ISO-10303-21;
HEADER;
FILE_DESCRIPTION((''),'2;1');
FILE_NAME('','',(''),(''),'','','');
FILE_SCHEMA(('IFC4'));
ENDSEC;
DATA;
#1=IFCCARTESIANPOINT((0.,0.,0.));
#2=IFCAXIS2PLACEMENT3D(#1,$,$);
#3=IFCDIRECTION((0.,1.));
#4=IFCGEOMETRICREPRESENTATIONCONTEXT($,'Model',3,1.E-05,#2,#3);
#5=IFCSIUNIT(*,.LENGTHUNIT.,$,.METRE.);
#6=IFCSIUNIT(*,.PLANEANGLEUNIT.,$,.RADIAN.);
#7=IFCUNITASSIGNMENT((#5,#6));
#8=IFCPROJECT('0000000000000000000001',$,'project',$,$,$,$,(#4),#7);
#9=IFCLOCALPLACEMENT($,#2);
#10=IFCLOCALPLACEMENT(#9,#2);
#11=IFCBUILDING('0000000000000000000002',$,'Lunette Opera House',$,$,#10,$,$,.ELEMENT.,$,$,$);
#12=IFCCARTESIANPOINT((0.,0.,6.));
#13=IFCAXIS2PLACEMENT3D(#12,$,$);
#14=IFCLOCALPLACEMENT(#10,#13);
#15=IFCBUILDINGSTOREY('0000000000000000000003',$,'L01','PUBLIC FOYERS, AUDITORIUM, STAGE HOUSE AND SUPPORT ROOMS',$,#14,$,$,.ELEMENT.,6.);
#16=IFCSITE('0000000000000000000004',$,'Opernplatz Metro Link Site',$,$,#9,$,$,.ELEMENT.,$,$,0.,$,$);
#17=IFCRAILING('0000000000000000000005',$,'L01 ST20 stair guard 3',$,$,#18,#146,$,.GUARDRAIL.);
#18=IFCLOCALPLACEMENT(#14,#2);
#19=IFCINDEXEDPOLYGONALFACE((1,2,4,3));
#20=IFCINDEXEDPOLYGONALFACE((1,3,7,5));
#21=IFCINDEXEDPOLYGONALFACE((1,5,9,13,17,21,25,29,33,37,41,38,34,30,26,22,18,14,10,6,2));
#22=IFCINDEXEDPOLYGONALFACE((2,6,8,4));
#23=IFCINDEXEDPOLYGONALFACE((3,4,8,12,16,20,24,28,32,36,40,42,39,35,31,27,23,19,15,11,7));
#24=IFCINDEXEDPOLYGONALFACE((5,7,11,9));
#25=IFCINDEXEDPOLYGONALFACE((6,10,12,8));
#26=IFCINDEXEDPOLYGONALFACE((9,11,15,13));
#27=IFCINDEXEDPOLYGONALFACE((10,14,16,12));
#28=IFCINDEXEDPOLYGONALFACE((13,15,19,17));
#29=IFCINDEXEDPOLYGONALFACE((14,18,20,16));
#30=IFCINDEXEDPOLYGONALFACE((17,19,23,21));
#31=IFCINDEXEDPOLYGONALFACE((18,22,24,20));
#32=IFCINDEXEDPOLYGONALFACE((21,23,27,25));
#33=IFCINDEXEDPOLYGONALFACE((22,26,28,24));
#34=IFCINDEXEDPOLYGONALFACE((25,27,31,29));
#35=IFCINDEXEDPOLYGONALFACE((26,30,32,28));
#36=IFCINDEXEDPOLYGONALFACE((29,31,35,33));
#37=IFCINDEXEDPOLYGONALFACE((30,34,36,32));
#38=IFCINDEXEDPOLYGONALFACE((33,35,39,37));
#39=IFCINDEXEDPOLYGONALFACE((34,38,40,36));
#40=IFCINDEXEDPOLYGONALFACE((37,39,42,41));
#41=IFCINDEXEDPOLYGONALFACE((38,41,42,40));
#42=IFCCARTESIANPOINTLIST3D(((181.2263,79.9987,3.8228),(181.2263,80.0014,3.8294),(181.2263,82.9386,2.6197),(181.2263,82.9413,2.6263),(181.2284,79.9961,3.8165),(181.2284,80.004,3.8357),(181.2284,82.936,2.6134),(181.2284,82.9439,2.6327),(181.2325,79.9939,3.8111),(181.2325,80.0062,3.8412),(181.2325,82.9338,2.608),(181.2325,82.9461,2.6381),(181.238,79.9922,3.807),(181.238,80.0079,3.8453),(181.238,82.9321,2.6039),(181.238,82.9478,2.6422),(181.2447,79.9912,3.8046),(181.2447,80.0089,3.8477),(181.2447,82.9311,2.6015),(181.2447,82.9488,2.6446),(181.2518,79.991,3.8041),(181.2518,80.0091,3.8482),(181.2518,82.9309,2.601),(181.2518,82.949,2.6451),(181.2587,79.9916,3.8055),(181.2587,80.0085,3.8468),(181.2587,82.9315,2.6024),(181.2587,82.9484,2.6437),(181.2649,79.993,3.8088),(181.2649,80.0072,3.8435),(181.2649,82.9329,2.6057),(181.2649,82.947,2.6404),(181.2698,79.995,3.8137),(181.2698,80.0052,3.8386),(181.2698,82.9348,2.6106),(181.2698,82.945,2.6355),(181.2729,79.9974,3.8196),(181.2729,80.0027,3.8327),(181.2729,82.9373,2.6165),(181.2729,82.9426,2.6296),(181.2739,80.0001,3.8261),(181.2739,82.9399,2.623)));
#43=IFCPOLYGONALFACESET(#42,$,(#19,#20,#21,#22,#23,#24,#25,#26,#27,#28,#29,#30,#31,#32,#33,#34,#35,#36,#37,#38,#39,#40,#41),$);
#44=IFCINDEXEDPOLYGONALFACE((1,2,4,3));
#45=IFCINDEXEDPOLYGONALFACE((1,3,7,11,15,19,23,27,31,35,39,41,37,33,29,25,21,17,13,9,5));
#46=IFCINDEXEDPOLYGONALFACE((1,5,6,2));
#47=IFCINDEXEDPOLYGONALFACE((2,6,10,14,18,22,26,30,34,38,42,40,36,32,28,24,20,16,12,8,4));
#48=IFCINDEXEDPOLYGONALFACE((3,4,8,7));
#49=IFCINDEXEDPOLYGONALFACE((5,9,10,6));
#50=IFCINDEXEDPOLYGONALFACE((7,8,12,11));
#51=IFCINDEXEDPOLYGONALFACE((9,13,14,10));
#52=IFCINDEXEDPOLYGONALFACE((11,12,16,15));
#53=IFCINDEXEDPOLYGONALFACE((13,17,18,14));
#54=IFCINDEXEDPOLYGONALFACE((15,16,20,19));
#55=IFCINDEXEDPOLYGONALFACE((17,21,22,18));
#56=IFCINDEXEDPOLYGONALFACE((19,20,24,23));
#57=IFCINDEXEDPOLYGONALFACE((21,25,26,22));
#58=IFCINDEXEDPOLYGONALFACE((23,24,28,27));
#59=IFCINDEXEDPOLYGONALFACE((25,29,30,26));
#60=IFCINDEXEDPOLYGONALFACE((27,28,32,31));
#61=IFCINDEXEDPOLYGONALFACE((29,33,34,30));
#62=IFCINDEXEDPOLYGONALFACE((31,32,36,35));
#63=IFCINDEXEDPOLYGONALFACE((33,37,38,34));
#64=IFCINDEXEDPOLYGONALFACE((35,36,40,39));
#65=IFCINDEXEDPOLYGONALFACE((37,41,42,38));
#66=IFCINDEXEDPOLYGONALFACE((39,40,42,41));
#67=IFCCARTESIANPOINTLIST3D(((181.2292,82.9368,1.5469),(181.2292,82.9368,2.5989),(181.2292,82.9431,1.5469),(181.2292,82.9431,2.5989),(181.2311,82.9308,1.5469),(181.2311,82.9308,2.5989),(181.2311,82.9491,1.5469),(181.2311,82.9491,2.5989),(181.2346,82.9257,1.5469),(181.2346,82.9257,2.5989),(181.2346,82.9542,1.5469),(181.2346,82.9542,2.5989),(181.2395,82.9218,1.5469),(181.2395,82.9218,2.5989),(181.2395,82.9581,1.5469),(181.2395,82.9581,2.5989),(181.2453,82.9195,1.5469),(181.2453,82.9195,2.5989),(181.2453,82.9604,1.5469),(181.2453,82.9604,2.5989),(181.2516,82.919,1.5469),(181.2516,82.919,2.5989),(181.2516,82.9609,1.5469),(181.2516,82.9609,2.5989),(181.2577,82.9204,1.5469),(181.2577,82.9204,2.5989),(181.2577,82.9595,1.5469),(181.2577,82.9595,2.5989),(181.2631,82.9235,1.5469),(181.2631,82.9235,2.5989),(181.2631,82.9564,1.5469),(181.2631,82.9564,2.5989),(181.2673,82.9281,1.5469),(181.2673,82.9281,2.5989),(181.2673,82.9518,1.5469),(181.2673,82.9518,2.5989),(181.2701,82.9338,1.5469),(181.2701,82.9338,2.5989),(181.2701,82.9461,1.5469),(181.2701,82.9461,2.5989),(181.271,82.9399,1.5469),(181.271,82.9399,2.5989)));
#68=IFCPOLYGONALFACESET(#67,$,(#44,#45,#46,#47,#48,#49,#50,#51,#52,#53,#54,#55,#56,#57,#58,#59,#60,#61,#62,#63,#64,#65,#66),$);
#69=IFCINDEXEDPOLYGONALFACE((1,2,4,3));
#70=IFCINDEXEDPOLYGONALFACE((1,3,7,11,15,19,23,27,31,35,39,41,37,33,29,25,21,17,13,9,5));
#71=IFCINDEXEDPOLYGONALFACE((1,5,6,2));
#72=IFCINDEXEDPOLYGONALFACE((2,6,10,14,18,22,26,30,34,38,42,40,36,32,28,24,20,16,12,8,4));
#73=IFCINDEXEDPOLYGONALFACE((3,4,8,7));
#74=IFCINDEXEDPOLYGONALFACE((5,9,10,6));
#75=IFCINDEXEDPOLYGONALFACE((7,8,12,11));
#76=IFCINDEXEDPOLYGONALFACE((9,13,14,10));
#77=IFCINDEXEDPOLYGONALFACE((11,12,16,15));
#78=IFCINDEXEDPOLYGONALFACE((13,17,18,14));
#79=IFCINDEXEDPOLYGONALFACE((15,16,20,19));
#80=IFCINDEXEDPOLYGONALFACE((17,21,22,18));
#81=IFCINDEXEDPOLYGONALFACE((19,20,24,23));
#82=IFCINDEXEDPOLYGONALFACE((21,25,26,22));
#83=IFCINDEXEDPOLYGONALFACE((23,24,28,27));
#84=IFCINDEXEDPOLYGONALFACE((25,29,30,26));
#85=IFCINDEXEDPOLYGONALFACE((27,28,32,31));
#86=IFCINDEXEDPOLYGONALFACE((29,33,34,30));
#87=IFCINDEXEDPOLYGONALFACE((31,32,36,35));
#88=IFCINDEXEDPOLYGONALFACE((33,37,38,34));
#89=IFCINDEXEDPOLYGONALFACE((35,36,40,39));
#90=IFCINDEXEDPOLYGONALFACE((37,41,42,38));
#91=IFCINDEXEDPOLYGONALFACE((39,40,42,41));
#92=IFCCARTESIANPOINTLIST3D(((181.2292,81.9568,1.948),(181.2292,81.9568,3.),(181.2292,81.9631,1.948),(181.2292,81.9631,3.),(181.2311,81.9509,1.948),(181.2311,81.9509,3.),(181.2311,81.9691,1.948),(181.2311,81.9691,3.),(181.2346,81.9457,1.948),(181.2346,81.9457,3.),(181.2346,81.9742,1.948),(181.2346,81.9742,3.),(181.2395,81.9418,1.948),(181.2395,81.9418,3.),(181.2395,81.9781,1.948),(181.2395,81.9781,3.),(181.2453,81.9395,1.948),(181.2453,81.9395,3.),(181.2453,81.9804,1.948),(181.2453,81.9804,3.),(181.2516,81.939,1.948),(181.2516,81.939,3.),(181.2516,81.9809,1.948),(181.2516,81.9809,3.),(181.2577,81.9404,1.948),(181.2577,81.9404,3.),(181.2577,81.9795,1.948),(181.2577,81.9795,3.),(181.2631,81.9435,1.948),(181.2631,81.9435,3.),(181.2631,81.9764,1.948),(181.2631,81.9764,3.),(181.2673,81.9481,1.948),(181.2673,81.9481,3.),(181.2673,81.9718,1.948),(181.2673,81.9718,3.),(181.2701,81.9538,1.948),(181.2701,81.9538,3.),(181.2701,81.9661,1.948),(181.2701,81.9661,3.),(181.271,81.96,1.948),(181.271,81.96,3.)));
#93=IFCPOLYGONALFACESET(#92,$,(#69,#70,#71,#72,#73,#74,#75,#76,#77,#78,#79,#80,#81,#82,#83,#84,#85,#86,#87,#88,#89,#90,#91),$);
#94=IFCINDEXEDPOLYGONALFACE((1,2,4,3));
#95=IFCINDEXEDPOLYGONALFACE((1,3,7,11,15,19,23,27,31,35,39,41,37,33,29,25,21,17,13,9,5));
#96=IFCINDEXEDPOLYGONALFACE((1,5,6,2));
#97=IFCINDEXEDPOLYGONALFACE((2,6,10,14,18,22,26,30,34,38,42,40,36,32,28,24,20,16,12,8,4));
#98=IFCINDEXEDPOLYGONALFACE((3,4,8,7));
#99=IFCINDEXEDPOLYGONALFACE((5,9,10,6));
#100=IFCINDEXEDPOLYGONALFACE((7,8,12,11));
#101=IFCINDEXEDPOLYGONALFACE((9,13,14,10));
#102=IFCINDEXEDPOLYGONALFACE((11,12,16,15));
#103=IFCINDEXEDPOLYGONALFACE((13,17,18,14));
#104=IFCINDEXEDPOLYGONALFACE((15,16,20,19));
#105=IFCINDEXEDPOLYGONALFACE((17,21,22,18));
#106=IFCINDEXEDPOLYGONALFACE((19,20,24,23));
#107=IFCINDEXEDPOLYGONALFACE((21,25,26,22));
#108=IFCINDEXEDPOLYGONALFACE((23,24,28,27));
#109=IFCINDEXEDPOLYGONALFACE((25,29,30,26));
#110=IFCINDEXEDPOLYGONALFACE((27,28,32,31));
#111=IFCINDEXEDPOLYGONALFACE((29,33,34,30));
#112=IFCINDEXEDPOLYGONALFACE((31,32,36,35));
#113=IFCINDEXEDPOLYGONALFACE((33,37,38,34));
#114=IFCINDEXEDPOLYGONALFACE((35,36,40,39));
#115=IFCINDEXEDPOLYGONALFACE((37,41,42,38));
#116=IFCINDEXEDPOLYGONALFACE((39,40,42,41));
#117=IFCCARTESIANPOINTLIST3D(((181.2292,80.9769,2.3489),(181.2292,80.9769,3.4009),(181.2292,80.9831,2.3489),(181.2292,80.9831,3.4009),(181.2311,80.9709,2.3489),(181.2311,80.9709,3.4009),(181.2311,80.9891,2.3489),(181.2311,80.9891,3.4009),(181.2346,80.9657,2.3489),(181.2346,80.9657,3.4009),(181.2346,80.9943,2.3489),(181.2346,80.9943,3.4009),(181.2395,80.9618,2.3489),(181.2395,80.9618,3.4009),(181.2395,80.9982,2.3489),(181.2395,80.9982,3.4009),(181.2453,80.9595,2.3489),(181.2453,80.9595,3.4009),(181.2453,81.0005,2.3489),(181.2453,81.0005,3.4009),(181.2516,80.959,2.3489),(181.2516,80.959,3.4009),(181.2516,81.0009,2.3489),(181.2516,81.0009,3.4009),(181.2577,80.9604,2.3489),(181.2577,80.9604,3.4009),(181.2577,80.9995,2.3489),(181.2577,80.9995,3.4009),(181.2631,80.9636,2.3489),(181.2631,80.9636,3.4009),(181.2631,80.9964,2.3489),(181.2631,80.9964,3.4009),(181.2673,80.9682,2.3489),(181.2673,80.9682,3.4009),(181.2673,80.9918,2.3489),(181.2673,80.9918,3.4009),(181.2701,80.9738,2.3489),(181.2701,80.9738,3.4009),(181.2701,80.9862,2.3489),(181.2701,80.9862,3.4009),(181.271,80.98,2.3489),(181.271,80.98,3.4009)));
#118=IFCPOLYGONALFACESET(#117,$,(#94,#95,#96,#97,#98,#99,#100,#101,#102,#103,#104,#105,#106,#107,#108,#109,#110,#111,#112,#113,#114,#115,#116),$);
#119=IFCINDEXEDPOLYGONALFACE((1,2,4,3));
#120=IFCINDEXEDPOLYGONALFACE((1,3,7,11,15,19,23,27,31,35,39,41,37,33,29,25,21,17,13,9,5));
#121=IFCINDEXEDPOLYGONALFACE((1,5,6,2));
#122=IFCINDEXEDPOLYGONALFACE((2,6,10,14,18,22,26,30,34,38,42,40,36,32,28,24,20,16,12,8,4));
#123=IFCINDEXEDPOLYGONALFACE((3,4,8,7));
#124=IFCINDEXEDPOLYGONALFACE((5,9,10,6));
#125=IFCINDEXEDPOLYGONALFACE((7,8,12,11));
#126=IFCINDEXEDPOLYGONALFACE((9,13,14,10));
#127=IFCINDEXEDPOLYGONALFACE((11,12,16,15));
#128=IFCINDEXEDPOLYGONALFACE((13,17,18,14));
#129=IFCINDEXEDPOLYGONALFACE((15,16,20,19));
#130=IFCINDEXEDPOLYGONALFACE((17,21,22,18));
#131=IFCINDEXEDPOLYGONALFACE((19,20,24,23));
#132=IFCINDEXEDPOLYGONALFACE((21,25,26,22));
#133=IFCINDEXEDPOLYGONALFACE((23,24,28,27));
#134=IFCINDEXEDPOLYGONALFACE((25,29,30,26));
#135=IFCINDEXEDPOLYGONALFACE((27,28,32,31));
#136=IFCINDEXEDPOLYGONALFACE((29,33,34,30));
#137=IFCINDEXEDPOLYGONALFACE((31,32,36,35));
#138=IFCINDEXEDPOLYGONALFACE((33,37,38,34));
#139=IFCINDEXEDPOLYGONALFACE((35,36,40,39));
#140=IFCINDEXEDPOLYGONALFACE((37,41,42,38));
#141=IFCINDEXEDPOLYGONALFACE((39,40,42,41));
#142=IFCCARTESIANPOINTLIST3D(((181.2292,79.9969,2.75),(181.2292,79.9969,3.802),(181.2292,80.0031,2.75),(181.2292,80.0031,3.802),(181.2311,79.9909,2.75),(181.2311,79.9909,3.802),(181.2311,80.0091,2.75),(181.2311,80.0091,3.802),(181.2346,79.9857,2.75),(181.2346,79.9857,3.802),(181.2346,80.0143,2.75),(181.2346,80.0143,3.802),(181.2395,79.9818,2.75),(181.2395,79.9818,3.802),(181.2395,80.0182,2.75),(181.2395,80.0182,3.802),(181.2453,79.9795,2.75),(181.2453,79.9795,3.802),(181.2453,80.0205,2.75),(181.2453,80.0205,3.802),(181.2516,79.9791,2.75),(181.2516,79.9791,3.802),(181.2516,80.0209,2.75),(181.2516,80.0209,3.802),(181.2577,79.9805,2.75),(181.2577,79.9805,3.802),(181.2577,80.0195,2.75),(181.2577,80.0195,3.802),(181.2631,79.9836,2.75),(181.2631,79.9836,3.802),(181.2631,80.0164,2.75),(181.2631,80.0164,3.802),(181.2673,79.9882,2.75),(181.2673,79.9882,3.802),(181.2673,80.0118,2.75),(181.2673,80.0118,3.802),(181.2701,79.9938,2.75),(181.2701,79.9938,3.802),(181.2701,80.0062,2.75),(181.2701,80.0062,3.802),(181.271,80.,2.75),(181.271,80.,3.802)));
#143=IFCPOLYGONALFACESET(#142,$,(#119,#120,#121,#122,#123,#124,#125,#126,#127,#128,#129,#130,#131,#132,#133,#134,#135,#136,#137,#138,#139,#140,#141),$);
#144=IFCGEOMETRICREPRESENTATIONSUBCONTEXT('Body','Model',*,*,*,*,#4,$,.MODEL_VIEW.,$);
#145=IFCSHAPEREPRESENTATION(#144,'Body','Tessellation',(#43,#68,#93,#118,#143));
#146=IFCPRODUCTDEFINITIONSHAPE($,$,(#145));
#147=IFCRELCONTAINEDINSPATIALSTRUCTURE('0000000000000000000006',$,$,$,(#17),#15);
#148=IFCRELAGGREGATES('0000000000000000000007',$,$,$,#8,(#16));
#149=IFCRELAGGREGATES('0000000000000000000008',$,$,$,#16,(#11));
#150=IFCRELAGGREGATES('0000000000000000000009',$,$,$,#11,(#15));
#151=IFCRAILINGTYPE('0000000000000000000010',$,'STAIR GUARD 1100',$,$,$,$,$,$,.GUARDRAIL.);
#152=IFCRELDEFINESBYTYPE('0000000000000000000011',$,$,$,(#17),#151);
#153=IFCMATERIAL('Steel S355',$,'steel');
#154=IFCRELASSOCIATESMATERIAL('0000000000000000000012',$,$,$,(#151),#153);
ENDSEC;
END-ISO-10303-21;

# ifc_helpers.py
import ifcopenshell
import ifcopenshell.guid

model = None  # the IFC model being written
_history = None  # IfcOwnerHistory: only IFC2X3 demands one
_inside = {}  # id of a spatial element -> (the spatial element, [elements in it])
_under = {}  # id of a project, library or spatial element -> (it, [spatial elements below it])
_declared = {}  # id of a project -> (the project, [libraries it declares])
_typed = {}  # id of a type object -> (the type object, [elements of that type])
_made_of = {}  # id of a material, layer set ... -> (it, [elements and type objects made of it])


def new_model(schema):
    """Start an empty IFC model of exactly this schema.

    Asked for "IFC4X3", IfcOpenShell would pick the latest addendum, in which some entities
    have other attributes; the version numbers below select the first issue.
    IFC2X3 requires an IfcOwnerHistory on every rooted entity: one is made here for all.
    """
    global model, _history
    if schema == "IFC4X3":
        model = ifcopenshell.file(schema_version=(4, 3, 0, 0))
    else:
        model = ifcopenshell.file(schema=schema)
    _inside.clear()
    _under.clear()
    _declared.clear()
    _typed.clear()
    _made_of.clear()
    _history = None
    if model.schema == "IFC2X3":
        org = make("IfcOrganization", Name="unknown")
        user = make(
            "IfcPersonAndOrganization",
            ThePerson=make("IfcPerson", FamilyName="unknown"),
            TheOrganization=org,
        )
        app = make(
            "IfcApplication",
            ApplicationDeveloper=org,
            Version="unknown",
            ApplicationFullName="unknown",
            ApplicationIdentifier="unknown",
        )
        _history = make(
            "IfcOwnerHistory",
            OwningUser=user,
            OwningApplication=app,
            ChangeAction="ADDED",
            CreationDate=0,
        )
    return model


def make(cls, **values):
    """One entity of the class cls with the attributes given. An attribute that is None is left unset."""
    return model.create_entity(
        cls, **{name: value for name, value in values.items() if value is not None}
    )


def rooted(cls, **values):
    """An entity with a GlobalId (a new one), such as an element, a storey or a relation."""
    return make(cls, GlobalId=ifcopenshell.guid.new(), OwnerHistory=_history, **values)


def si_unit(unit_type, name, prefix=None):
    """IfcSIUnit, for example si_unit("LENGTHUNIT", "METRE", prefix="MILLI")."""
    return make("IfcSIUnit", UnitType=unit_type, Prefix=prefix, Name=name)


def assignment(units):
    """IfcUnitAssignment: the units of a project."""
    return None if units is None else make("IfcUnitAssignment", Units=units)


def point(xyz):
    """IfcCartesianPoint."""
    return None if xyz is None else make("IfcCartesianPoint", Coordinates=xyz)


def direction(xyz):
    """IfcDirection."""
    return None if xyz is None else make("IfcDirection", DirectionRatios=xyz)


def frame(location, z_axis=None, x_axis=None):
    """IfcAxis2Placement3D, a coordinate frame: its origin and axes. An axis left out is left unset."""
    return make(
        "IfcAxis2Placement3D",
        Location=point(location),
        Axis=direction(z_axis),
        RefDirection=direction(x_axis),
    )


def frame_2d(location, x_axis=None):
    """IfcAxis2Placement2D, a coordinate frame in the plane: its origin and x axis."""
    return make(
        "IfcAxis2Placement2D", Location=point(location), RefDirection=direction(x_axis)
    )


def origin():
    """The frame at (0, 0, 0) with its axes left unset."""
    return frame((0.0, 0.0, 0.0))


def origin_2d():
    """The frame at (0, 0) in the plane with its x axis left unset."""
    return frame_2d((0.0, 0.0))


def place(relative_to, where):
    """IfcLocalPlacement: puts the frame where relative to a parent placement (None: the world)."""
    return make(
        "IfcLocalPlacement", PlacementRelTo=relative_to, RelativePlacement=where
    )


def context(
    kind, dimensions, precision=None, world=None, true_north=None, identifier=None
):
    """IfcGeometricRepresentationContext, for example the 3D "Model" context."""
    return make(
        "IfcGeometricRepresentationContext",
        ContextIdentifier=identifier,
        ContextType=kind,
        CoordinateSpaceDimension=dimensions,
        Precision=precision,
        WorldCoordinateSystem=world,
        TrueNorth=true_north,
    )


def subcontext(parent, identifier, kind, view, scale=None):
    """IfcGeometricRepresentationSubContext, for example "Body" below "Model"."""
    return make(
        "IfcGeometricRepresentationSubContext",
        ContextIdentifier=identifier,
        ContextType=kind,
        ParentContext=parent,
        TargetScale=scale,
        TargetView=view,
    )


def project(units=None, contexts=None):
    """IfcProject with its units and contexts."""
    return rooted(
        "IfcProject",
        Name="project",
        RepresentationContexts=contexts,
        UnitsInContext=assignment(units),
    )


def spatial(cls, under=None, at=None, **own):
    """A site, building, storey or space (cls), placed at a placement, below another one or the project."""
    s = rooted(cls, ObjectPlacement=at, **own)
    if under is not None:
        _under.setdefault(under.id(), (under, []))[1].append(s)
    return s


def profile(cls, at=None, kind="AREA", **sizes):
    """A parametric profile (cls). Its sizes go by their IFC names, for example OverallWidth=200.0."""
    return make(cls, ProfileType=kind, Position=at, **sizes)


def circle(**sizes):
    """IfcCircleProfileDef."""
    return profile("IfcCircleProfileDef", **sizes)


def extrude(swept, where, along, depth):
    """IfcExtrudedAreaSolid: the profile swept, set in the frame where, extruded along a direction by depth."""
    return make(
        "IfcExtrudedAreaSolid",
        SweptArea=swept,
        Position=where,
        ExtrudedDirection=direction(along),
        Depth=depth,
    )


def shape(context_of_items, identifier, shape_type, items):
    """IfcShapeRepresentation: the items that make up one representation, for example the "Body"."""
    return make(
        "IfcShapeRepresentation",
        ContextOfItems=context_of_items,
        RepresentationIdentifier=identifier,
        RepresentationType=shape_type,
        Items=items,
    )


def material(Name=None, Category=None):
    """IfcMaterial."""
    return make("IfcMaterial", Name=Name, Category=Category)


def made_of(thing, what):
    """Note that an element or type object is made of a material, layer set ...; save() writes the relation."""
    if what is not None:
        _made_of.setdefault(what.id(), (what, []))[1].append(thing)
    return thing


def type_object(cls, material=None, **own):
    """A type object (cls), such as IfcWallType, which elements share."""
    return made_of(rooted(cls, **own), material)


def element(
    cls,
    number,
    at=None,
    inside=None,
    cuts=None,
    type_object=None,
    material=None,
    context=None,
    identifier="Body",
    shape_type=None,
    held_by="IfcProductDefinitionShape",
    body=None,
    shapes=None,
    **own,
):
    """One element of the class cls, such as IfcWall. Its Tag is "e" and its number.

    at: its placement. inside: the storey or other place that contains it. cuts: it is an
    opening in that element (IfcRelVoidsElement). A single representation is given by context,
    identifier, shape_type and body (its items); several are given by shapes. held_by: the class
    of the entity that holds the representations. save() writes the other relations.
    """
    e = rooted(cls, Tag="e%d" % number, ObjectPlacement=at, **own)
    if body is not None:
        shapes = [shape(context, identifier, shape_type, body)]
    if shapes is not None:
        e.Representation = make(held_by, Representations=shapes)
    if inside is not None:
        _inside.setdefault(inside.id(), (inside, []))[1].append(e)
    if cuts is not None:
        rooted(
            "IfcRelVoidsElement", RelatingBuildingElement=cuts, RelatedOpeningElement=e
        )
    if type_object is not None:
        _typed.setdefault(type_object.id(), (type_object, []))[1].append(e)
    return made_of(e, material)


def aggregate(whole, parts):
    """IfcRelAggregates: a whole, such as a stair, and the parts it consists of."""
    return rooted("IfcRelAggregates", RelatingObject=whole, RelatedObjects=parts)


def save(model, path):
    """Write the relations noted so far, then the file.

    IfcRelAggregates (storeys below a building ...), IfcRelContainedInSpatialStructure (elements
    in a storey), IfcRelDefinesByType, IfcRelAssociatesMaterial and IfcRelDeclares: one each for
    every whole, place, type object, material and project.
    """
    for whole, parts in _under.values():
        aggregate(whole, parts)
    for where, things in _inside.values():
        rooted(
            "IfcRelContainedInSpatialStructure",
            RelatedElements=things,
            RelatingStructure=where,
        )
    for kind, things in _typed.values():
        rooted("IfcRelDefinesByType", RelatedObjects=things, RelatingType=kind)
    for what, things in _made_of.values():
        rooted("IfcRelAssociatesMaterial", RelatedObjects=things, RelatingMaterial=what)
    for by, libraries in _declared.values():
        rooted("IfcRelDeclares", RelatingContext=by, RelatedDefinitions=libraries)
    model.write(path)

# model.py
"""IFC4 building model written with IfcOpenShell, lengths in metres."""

from ifc_helpers import new_model, si_unit, direction, frame, origin, origin_2d, place, context, subcontext, project, spatial, circle, extrude, material, type_object, element, save


model = new_model("IFC4")

# Units and contexts
model_context = context("Model", 3, precision=1e-05, world=origin(), true_north=direction((0.0, 1.0)))
body_context = subcontext(model_context, "Body", "Model", "MODEL_VIEW")
ifc_project = project(units=[si_unit("LENGTHUNIT", "METRE"), si_unit("PLANEANGLEUNIT", "RADIAN")], contexts=[model_context])

# Site, building, storey
site_placement = place(None, origin())
site = spatial("IfcSite", under=ifc_project, at=site_placement, Name="Opernplatz Metro Link Site", CompositionType="ELEMENT", RefElevation=0.0)
building_placement = place(site_placement, origin())
building = spatial("IfcBuilding", under=site, at=building_placement, Name="Lunette Opera House", CompositionType="ELEMENT")
storey_placement = place(building_placement, frame((0.0, 0.0, 6.0)))
storey = spatial("IfcBuildingStorey", under=building, at=storey_placement, Name="L01", Description="PUBLIC FOYERS, AUDITORIUM, STAGE HOUSE AND SUPPORT ROOMS", CompositionType="ELEMENT", Elevation=6.0)

# Railing
ifc_material_1 = material(Name="Steel S355", Category="steel")
railing_type_1 = type_object("IfcRailingType", Name="STAIR GUARD 1100", PredefinedType="GUARDRAIL", material=ifc_material_1)
railing_1_placement = place(storey_placement, frame((181.25, 82.9399, 1.5469)))
element("IfcRailing", 1, at=railing_1_placement, inside=storey, type_object=railing_type_1, Name="L01 ST20 stair guard 3", PredefinedType="GUARDRAIL", context=body_context, shape_type="SweptSolid", body=[
    extrude(circle(Radius=0.0239, at=origin_2d()), frame((0.0, 0.0, 1.0762), z_axis=(0.0, -0.9255, 0.378747), x_axis=(1.0, 0.0, 0.0)), (0.0, 0.0, 1.0), 3.1765),
    extrude(circle(Radius=0.021, at=origin_2d()), origin(), (0.0, 0.0, 1.0), 1.052),
    extrude(circle(Radius=0.021, at=origin_2d()), frame((0.0, -0.98, 0.4011)), (0.0, 0.0, 1.0), 1.052),
    extrude(circle(Radius=0.021, at=origin_2d()), frame((0.0, -1.96, 0.802)), (0.0, 0.0, 1.0), 1.052),
    extrude(circle(Radius=0.021, at=origin_2d()), frame((0.0, -2.9399, 1.2031)), (0.0, 0.0, 1.0), 1.052),
])

save(model, "model.ifc")
